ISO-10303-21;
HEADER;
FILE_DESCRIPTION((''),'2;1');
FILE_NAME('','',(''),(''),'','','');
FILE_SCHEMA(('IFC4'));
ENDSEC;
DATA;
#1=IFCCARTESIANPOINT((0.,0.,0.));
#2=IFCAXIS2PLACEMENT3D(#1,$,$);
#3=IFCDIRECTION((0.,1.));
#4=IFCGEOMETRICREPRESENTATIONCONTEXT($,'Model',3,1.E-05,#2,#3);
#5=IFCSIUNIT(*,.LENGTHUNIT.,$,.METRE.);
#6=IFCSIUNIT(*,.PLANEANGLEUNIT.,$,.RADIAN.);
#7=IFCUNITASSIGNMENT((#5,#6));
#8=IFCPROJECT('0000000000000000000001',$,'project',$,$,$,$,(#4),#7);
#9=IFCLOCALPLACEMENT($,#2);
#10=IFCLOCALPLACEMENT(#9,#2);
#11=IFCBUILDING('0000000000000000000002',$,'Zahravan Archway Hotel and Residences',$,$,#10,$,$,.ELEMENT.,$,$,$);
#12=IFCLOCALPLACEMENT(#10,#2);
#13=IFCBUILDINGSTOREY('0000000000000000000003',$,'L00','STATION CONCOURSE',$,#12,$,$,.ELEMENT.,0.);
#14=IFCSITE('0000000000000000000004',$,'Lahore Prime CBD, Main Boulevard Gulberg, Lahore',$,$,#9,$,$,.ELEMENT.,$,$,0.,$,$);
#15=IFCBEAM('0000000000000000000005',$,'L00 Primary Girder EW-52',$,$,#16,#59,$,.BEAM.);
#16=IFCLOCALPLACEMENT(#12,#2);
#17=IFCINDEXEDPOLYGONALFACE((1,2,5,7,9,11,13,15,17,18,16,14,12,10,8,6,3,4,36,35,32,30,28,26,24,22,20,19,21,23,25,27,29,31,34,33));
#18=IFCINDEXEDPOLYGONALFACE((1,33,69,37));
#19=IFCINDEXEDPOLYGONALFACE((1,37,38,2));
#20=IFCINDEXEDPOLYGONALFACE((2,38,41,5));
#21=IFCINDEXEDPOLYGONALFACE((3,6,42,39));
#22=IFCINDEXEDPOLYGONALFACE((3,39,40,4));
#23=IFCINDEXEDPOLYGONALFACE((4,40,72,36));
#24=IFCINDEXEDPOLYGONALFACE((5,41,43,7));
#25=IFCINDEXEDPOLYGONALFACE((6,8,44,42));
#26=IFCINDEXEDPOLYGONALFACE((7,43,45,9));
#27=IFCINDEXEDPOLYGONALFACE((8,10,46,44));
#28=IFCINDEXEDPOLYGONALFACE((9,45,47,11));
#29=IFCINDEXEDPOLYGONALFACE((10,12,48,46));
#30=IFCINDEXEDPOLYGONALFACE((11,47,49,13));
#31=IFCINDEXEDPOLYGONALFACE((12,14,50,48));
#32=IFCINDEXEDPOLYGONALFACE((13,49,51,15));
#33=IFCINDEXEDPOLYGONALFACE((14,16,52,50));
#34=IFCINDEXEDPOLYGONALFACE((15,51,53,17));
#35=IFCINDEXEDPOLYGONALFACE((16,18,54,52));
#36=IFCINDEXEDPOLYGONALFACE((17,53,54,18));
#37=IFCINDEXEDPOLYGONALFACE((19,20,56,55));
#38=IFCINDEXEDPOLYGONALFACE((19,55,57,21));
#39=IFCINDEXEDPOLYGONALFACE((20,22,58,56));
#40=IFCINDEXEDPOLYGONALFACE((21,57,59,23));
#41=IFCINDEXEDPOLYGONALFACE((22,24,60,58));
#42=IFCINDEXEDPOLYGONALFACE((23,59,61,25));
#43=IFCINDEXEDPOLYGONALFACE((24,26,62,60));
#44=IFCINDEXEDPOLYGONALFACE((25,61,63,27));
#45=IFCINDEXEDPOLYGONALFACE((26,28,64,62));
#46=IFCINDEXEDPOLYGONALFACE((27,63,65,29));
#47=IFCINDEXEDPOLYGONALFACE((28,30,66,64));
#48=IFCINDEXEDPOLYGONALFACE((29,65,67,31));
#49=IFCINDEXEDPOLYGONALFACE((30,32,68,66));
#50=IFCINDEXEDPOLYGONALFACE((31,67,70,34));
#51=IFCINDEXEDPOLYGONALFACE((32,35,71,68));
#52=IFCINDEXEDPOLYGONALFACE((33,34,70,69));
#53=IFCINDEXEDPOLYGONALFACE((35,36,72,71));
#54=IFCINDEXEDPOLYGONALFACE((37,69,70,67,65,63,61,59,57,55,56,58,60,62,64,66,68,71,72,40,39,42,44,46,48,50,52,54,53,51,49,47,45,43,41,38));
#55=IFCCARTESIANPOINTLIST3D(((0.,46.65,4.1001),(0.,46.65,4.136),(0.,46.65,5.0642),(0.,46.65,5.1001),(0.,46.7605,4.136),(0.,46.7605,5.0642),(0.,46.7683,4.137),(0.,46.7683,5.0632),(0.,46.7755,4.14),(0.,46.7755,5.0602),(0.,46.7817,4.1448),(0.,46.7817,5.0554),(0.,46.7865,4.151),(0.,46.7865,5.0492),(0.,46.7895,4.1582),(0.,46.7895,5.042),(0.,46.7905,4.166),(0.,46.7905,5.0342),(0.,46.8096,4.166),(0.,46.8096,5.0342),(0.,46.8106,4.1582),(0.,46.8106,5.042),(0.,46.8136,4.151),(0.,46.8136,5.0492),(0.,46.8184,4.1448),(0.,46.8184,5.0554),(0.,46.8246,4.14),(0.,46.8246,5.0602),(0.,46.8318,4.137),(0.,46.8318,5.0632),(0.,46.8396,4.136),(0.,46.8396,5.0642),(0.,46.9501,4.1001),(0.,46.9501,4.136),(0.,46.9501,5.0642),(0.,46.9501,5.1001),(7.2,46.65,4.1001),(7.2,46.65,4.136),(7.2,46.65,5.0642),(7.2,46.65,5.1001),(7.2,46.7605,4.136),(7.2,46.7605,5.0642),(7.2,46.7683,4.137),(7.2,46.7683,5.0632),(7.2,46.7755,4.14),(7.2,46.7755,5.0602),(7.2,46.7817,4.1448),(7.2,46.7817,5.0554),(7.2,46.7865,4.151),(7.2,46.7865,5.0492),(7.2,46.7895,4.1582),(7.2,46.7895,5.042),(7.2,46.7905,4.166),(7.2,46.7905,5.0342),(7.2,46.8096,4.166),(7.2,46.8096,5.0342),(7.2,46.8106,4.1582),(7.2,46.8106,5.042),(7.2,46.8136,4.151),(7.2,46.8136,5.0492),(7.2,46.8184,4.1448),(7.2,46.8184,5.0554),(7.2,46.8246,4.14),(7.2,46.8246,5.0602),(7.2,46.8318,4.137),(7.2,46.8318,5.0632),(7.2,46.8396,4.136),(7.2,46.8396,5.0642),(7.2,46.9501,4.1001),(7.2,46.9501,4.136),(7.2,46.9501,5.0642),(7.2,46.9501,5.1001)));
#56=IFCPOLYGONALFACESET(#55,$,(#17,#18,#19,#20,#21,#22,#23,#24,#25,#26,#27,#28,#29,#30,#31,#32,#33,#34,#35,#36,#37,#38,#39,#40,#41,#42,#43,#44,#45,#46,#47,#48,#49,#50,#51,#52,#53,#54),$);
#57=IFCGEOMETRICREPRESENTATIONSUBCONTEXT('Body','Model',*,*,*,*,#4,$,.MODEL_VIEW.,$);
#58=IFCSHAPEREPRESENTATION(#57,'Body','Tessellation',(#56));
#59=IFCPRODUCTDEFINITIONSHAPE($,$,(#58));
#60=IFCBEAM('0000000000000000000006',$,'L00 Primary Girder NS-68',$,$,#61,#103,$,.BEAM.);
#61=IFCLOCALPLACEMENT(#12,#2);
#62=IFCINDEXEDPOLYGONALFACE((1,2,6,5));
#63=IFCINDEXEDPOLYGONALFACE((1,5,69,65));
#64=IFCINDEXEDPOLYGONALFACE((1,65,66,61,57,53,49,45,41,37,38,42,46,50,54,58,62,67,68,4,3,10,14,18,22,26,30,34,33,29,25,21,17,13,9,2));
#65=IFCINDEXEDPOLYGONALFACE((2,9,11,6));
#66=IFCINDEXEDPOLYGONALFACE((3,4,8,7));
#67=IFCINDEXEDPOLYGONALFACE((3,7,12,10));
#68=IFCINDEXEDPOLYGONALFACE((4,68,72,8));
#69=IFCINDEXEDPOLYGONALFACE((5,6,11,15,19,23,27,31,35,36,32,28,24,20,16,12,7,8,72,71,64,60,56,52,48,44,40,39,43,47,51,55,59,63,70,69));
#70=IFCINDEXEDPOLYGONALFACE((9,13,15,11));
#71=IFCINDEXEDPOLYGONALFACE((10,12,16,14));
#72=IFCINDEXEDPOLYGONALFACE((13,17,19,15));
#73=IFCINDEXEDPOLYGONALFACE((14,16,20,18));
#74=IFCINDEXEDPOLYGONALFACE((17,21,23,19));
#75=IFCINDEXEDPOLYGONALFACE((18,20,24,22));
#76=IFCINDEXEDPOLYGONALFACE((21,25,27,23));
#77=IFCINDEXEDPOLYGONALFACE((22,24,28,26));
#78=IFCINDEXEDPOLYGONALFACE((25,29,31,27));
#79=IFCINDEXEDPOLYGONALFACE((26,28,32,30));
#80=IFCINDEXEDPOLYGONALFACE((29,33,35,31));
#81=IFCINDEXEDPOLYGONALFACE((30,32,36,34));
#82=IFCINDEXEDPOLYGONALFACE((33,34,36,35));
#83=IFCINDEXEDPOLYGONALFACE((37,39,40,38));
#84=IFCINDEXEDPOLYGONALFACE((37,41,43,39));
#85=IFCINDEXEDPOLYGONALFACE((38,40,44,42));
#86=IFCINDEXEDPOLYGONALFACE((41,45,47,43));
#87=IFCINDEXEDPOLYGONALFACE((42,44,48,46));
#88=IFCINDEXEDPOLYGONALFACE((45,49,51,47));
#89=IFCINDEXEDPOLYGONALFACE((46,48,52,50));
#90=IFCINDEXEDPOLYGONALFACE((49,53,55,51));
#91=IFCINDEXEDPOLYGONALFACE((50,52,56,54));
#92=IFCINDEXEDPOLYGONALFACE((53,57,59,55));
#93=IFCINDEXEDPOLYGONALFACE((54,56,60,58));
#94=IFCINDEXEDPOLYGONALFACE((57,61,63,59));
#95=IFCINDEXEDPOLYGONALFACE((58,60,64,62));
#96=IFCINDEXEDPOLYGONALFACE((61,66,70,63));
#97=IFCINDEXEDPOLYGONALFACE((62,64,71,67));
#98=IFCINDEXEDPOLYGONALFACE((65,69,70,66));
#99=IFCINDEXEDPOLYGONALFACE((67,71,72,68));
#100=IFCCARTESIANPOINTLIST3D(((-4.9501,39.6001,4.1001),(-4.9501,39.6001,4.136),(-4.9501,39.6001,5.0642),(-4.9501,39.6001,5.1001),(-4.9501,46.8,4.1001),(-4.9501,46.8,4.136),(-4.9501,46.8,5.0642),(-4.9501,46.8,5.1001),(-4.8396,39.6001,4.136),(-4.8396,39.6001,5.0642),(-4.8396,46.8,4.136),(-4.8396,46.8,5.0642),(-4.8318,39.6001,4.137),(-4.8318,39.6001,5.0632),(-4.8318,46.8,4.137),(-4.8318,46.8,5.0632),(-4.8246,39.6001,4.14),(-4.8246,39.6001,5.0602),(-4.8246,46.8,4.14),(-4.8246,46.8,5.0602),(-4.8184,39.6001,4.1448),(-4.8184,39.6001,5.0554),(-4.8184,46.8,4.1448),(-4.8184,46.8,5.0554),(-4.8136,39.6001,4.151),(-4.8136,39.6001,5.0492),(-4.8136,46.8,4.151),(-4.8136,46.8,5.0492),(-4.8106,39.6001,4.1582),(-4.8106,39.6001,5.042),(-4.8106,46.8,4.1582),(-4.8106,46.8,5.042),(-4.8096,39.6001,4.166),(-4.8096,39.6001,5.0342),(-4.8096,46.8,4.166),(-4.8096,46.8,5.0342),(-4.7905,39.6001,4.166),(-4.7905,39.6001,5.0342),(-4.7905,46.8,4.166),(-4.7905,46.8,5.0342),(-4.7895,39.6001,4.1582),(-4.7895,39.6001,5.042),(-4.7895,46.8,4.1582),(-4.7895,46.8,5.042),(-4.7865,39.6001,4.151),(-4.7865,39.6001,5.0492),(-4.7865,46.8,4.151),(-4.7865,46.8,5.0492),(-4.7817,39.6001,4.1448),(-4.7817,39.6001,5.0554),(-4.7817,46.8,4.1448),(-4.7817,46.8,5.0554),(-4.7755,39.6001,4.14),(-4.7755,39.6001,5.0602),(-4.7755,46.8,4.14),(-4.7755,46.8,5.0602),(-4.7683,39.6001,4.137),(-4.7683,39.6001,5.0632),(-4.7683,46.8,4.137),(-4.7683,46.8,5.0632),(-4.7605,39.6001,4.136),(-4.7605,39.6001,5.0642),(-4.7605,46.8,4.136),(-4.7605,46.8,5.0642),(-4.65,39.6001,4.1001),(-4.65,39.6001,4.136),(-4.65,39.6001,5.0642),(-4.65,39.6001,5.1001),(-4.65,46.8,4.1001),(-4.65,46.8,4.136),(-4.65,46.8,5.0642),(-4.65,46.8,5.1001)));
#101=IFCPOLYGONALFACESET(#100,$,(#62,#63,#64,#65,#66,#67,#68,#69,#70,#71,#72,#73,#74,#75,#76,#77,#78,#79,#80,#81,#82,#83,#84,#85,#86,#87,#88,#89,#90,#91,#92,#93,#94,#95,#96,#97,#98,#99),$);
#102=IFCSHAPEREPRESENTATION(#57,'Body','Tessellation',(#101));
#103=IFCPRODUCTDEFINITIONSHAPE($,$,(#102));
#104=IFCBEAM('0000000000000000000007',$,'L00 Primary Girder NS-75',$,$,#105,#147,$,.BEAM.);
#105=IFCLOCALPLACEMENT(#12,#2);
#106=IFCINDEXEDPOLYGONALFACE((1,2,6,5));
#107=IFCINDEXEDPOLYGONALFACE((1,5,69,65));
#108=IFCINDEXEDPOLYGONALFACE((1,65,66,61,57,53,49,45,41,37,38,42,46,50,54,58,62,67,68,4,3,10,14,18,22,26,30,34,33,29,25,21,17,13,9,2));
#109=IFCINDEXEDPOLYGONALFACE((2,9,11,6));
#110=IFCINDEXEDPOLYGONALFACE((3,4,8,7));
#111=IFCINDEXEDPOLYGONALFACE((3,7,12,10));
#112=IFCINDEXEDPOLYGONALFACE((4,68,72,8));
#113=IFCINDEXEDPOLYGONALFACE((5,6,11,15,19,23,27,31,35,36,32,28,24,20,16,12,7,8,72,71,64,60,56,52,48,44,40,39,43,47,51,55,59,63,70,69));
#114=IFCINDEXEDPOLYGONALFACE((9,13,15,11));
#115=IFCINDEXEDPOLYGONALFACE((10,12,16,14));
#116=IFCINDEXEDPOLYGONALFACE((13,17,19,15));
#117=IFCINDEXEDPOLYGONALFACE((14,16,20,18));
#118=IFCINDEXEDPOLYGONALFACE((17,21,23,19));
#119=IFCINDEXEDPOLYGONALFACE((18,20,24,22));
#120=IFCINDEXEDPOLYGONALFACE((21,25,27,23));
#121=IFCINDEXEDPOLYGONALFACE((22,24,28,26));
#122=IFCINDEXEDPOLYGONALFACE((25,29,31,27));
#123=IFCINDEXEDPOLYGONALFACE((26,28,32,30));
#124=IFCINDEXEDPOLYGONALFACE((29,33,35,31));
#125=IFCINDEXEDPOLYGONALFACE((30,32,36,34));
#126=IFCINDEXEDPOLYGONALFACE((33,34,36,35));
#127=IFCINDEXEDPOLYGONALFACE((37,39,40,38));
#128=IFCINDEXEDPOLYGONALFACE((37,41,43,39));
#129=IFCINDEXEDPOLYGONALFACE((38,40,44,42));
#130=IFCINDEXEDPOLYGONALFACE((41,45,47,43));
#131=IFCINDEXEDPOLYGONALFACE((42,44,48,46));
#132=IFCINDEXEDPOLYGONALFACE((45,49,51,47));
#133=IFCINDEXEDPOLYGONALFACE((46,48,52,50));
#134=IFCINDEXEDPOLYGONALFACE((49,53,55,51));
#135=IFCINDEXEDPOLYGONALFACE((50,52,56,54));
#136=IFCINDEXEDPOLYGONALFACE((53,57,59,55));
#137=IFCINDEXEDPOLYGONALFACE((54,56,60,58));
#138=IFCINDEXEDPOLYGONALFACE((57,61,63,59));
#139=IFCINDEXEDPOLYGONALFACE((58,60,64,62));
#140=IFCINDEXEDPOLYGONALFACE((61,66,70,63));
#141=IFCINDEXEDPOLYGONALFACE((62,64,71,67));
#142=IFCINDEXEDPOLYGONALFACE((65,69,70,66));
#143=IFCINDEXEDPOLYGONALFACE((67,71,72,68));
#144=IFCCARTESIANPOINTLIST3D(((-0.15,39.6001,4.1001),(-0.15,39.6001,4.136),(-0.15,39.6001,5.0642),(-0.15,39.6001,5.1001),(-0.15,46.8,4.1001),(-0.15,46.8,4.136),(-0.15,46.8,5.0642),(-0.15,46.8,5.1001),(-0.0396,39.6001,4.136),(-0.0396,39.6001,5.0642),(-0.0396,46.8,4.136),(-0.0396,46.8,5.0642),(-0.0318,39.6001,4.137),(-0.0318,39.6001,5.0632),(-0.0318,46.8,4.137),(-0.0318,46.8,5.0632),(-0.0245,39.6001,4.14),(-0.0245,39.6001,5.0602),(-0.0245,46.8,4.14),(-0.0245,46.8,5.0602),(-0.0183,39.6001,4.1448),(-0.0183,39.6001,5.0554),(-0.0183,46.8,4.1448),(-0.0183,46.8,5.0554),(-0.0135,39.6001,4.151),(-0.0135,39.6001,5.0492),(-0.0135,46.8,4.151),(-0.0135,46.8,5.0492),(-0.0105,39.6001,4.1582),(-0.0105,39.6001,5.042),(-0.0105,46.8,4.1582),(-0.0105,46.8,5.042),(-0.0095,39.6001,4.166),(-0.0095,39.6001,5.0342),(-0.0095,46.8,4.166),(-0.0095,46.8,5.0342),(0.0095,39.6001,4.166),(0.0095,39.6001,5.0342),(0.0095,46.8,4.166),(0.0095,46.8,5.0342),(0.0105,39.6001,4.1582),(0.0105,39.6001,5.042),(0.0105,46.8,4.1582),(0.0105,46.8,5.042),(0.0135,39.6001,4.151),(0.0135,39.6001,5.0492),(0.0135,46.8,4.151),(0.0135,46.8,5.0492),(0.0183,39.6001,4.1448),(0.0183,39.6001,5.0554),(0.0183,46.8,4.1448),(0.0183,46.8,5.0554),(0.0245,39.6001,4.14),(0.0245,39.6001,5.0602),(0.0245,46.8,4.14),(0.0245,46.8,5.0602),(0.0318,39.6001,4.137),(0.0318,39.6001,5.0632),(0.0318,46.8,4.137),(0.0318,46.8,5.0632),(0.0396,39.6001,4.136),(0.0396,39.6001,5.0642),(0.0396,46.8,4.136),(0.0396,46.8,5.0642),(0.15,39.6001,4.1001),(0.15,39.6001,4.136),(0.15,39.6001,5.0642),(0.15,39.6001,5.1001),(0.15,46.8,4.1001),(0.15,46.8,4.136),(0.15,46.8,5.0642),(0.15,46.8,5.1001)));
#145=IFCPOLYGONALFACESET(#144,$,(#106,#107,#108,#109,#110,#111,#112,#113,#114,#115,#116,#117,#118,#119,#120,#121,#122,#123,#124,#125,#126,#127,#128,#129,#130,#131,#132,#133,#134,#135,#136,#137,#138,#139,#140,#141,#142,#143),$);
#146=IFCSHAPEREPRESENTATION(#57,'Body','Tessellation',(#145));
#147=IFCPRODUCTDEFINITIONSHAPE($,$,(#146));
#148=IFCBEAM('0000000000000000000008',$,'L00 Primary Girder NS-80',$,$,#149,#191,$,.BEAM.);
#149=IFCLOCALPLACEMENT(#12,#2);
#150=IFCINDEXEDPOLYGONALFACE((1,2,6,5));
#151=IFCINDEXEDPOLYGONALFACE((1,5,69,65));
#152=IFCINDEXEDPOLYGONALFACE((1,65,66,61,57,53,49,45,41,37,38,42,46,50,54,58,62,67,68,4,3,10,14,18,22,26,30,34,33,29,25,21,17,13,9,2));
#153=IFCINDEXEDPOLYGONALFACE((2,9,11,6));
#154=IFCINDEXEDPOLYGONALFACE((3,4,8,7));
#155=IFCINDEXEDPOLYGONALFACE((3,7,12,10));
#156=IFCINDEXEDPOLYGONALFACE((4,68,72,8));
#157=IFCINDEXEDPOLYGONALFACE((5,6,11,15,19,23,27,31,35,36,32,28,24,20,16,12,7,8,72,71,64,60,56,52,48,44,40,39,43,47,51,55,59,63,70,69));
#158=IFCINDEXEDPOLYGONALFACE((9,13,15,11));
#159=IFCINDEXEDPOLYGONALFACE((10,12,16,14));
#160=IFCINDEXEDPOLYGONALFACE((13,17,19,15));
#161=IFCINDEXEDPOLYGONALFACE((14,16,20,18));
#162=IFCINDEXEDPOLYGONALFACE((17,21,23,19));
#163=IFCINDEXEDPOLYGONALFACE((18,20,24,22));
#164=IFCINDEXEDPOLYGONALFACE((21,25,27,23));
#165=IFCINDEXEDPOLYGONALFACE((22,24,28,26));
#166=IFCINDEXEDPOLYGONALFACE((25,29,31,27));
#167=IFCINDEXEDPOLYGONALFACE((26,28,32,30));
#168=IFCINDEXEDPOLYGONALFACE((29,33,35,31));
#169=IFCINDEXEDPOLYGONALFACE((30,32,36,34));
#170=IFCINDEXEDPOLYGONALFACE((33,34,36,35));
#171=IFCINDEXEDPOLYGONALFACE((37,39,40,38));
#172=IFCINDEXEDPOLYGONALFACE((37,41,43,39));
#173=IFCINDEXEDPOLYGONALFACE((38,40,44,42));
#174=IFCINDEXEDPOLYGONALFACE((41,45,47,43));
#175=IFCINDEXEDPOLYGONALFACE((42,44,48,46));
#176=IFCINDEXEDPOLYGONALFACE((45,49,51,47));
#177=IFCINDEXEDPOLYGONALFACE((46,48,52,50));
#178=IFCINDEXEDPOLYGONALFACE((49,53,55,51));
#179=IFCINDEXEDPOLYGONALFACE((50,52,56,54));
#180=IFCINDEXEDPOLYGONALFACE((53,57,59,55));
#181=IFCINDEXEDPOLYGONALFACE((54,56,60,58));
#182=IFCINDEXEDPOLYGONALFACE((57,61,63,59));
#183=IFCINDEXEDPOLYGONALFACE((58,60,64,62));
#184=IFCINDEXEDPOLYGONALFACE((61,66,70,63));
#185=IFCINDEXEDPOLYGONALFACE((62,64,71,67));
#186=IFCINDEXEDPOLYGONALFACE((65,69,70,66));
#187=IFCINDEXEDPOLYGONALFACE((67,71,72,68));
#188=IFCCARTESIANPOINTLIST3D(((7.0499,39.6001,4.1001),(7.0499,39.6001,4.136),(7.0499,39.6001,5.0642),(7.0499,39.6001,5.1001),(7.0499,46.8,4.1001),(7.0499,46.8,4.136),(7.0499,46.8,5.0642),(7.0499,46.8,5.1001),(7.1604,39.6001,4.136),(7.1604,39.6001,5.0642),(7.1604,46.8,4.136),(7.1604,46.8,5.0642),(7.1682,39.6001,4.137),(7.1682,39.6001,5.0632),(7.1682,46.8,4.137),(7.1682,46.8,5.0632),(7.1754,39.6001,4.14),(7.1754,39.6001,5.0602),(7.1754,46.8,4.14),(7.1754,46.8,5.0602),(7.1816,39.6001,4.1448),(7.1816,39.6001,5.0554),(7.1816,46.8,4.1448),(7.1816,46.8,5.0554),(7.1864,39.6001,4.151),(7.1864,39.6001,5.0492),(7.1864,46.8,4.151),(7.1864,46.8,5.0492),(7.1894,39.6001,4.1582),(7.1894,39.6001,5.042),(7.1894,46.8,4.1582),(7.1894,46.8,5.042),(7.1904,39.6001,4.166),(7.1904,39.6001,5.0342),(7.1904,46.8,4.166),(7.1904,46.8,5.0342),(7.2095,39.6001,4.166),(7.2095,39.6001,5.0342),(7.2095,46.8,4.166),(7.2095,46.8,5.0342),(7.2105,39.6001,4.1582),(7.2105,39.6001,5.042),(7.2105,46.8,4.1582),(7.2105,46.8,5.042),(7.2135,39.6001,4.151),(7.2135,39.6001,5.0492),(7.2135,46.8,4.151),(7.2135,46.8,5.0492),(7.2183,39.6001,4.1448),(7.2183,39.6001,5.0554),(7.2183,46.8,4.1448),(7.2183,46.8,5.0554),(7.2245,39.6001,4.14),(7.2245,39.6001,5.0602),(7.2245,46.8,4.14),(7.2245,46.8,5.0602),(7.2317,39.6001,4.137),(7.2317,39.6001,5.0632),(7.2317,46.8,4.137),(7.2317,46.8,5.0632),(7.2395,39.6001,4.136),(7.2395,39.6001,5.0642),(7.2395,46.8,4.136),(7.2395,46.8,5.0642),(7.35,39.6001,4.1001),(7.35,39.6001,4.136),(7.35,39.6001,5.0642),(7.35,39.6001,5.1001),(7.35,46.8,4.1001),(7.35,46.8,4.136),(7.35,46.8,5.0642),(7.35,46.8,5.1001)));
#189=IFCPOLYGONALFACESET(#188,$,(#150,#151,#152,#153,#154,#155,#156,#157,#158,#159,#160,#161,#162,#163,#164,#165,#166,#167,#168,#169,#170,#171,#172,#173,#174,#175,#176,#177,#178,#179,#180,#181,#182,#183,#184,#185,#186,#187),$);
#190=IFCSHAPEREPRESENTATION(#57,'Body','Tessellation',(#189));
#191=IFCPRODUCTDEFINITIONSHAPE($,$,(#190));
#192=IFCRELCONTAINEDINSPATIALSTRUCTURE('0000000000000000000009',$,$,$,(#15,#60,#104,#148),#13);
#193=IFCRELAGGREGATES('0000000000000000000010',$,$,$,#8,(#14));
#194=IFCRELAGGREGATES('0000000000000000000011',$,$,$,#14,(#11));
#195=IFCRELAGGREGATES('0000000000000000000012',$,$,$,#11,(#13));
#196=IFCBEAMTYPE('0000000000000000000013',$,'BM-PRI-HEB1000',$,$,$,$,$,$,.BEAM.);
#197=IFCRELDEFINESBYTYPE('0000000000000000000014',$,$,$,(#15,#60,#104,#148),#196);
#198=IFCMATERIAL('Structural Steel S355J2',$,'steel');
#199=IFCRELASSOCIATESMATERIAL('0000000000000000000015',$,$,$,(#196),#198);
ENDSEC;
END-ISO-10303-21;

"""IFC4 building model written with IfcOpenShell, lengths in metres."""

from ifc_helpers import new_model, si_unit, direction, frame, origin, origin_2d, place, context, subcontext, project, spatial, i_section, extrude, source, transform, mapped, material, material_profile, profile_set, type_object, element, save


model = new_model("IFC4")

# Units and contexts
model_context = context("Model", 3, precision=1e-05, world=origin(), true_north=direction((0.0, 1.0)))
body_context = subcontext(model_context, "Body", "Model", "MODEL_VIEW")
ifc_project = project(units=[si_unit("LENGTHUNIT", "METRE"), si_unit("PLANEANGLEUNIT", "RADIAN")], contexts=[model_context])

# Site, building, storey
site_placement = place(None, origin())
site = spatial("IfcSite", under=ifc_project, at=site_placement, Name="Lahore Prime CBD, Main Boulevard Gulberg, Lahore", CompositionType="ELEMENT", RefElevation=0.0)
building_placement = place(site_placement, origin())
building = spatial("IfcBuilding", under=site, at=building_placement, Name="Zahravan Archway Hotel and Residences", CompositionType="ELEMENT")
storey_placement = place(building_placement, origin())
storey = spatial("IfcBuildingStorey", under=building, at=storey_placement, Name="L00", Description="STATION CONCOURSE", CompositionType="ELEMENT", Elevation=0.0)

# Beams
ifc_material_1 = material(Name="Structural Steel S355J2", Category="steel")
ifc_material_profile_1 = material_profile(ifc_material_1, i_section(OverallWidth=0.3, OverallDepth=1.0, WebThickness=0.019, FlangeThickness=0.0359, FilletRadius=0.03, at=origin_2d()), Name="HEB 1000", Category="steel")
ifc_profile_set_1 = profile_set([ifc_material_profile_1], Name="Structural Steel S355J2")
beam_type_1 = type_object("IfcBeamType", Name="BM-PRI-HEB1000", PredefinedType="BEAM", material=ifc_profile_set_1)
shared_shape_1 = source(origin(), body_context, "Body", "SweptSolid", [
    extrude(i_section(OverallWidth=0.3, OverallDepth=1.0, WebThickness=0.019, FlangeThickness=0.0359, FilletRadius=0.03, at=origin_2d()), origin(), (0.0, 0.0, 1.0), 7.2),
])
for number, where, z_axis, x_axis, name in (
    (1, (0.0, 46.8, 4.6001), (1.0, 0.0, 0.0), (0.0, 1.0, 0.0), "L00 Primary Girder EW-52"),
    (2, (-4.8, 39.6001, 4.6001), (0.0, 1.0, 0.0), (-1.0, 0.0, 0.0), "L00 Primary Girder NS-68"),
    (3, (0.0, 39.6001, 4.6001), (0.0, 1.0, 0.0), (-1.0, 0.0, 0.0), "L00 Primary Girder NS-75"),
    (4, (7.2, 39.6001, 4.6001), (0.0, 1.0, 0.0), (-1.0, 0.0, 0.0), "L00 Primary Girder NS-80"),
):
    element("IfcBeam", number, at=place(storey_placement, frame(where, z_axis=z_axis, x_axis=x_axis)), inside=storey, type_object=beam_type_1, Name=name, PredefinedType="BEAM", context=body_context, shape_type="MappedRepresentation", body=[
        mapped(shared_shape_1, transform((0.0, 0.0, 0.0), scale=1.0)),
    ])

save(model, "model.ifc")
